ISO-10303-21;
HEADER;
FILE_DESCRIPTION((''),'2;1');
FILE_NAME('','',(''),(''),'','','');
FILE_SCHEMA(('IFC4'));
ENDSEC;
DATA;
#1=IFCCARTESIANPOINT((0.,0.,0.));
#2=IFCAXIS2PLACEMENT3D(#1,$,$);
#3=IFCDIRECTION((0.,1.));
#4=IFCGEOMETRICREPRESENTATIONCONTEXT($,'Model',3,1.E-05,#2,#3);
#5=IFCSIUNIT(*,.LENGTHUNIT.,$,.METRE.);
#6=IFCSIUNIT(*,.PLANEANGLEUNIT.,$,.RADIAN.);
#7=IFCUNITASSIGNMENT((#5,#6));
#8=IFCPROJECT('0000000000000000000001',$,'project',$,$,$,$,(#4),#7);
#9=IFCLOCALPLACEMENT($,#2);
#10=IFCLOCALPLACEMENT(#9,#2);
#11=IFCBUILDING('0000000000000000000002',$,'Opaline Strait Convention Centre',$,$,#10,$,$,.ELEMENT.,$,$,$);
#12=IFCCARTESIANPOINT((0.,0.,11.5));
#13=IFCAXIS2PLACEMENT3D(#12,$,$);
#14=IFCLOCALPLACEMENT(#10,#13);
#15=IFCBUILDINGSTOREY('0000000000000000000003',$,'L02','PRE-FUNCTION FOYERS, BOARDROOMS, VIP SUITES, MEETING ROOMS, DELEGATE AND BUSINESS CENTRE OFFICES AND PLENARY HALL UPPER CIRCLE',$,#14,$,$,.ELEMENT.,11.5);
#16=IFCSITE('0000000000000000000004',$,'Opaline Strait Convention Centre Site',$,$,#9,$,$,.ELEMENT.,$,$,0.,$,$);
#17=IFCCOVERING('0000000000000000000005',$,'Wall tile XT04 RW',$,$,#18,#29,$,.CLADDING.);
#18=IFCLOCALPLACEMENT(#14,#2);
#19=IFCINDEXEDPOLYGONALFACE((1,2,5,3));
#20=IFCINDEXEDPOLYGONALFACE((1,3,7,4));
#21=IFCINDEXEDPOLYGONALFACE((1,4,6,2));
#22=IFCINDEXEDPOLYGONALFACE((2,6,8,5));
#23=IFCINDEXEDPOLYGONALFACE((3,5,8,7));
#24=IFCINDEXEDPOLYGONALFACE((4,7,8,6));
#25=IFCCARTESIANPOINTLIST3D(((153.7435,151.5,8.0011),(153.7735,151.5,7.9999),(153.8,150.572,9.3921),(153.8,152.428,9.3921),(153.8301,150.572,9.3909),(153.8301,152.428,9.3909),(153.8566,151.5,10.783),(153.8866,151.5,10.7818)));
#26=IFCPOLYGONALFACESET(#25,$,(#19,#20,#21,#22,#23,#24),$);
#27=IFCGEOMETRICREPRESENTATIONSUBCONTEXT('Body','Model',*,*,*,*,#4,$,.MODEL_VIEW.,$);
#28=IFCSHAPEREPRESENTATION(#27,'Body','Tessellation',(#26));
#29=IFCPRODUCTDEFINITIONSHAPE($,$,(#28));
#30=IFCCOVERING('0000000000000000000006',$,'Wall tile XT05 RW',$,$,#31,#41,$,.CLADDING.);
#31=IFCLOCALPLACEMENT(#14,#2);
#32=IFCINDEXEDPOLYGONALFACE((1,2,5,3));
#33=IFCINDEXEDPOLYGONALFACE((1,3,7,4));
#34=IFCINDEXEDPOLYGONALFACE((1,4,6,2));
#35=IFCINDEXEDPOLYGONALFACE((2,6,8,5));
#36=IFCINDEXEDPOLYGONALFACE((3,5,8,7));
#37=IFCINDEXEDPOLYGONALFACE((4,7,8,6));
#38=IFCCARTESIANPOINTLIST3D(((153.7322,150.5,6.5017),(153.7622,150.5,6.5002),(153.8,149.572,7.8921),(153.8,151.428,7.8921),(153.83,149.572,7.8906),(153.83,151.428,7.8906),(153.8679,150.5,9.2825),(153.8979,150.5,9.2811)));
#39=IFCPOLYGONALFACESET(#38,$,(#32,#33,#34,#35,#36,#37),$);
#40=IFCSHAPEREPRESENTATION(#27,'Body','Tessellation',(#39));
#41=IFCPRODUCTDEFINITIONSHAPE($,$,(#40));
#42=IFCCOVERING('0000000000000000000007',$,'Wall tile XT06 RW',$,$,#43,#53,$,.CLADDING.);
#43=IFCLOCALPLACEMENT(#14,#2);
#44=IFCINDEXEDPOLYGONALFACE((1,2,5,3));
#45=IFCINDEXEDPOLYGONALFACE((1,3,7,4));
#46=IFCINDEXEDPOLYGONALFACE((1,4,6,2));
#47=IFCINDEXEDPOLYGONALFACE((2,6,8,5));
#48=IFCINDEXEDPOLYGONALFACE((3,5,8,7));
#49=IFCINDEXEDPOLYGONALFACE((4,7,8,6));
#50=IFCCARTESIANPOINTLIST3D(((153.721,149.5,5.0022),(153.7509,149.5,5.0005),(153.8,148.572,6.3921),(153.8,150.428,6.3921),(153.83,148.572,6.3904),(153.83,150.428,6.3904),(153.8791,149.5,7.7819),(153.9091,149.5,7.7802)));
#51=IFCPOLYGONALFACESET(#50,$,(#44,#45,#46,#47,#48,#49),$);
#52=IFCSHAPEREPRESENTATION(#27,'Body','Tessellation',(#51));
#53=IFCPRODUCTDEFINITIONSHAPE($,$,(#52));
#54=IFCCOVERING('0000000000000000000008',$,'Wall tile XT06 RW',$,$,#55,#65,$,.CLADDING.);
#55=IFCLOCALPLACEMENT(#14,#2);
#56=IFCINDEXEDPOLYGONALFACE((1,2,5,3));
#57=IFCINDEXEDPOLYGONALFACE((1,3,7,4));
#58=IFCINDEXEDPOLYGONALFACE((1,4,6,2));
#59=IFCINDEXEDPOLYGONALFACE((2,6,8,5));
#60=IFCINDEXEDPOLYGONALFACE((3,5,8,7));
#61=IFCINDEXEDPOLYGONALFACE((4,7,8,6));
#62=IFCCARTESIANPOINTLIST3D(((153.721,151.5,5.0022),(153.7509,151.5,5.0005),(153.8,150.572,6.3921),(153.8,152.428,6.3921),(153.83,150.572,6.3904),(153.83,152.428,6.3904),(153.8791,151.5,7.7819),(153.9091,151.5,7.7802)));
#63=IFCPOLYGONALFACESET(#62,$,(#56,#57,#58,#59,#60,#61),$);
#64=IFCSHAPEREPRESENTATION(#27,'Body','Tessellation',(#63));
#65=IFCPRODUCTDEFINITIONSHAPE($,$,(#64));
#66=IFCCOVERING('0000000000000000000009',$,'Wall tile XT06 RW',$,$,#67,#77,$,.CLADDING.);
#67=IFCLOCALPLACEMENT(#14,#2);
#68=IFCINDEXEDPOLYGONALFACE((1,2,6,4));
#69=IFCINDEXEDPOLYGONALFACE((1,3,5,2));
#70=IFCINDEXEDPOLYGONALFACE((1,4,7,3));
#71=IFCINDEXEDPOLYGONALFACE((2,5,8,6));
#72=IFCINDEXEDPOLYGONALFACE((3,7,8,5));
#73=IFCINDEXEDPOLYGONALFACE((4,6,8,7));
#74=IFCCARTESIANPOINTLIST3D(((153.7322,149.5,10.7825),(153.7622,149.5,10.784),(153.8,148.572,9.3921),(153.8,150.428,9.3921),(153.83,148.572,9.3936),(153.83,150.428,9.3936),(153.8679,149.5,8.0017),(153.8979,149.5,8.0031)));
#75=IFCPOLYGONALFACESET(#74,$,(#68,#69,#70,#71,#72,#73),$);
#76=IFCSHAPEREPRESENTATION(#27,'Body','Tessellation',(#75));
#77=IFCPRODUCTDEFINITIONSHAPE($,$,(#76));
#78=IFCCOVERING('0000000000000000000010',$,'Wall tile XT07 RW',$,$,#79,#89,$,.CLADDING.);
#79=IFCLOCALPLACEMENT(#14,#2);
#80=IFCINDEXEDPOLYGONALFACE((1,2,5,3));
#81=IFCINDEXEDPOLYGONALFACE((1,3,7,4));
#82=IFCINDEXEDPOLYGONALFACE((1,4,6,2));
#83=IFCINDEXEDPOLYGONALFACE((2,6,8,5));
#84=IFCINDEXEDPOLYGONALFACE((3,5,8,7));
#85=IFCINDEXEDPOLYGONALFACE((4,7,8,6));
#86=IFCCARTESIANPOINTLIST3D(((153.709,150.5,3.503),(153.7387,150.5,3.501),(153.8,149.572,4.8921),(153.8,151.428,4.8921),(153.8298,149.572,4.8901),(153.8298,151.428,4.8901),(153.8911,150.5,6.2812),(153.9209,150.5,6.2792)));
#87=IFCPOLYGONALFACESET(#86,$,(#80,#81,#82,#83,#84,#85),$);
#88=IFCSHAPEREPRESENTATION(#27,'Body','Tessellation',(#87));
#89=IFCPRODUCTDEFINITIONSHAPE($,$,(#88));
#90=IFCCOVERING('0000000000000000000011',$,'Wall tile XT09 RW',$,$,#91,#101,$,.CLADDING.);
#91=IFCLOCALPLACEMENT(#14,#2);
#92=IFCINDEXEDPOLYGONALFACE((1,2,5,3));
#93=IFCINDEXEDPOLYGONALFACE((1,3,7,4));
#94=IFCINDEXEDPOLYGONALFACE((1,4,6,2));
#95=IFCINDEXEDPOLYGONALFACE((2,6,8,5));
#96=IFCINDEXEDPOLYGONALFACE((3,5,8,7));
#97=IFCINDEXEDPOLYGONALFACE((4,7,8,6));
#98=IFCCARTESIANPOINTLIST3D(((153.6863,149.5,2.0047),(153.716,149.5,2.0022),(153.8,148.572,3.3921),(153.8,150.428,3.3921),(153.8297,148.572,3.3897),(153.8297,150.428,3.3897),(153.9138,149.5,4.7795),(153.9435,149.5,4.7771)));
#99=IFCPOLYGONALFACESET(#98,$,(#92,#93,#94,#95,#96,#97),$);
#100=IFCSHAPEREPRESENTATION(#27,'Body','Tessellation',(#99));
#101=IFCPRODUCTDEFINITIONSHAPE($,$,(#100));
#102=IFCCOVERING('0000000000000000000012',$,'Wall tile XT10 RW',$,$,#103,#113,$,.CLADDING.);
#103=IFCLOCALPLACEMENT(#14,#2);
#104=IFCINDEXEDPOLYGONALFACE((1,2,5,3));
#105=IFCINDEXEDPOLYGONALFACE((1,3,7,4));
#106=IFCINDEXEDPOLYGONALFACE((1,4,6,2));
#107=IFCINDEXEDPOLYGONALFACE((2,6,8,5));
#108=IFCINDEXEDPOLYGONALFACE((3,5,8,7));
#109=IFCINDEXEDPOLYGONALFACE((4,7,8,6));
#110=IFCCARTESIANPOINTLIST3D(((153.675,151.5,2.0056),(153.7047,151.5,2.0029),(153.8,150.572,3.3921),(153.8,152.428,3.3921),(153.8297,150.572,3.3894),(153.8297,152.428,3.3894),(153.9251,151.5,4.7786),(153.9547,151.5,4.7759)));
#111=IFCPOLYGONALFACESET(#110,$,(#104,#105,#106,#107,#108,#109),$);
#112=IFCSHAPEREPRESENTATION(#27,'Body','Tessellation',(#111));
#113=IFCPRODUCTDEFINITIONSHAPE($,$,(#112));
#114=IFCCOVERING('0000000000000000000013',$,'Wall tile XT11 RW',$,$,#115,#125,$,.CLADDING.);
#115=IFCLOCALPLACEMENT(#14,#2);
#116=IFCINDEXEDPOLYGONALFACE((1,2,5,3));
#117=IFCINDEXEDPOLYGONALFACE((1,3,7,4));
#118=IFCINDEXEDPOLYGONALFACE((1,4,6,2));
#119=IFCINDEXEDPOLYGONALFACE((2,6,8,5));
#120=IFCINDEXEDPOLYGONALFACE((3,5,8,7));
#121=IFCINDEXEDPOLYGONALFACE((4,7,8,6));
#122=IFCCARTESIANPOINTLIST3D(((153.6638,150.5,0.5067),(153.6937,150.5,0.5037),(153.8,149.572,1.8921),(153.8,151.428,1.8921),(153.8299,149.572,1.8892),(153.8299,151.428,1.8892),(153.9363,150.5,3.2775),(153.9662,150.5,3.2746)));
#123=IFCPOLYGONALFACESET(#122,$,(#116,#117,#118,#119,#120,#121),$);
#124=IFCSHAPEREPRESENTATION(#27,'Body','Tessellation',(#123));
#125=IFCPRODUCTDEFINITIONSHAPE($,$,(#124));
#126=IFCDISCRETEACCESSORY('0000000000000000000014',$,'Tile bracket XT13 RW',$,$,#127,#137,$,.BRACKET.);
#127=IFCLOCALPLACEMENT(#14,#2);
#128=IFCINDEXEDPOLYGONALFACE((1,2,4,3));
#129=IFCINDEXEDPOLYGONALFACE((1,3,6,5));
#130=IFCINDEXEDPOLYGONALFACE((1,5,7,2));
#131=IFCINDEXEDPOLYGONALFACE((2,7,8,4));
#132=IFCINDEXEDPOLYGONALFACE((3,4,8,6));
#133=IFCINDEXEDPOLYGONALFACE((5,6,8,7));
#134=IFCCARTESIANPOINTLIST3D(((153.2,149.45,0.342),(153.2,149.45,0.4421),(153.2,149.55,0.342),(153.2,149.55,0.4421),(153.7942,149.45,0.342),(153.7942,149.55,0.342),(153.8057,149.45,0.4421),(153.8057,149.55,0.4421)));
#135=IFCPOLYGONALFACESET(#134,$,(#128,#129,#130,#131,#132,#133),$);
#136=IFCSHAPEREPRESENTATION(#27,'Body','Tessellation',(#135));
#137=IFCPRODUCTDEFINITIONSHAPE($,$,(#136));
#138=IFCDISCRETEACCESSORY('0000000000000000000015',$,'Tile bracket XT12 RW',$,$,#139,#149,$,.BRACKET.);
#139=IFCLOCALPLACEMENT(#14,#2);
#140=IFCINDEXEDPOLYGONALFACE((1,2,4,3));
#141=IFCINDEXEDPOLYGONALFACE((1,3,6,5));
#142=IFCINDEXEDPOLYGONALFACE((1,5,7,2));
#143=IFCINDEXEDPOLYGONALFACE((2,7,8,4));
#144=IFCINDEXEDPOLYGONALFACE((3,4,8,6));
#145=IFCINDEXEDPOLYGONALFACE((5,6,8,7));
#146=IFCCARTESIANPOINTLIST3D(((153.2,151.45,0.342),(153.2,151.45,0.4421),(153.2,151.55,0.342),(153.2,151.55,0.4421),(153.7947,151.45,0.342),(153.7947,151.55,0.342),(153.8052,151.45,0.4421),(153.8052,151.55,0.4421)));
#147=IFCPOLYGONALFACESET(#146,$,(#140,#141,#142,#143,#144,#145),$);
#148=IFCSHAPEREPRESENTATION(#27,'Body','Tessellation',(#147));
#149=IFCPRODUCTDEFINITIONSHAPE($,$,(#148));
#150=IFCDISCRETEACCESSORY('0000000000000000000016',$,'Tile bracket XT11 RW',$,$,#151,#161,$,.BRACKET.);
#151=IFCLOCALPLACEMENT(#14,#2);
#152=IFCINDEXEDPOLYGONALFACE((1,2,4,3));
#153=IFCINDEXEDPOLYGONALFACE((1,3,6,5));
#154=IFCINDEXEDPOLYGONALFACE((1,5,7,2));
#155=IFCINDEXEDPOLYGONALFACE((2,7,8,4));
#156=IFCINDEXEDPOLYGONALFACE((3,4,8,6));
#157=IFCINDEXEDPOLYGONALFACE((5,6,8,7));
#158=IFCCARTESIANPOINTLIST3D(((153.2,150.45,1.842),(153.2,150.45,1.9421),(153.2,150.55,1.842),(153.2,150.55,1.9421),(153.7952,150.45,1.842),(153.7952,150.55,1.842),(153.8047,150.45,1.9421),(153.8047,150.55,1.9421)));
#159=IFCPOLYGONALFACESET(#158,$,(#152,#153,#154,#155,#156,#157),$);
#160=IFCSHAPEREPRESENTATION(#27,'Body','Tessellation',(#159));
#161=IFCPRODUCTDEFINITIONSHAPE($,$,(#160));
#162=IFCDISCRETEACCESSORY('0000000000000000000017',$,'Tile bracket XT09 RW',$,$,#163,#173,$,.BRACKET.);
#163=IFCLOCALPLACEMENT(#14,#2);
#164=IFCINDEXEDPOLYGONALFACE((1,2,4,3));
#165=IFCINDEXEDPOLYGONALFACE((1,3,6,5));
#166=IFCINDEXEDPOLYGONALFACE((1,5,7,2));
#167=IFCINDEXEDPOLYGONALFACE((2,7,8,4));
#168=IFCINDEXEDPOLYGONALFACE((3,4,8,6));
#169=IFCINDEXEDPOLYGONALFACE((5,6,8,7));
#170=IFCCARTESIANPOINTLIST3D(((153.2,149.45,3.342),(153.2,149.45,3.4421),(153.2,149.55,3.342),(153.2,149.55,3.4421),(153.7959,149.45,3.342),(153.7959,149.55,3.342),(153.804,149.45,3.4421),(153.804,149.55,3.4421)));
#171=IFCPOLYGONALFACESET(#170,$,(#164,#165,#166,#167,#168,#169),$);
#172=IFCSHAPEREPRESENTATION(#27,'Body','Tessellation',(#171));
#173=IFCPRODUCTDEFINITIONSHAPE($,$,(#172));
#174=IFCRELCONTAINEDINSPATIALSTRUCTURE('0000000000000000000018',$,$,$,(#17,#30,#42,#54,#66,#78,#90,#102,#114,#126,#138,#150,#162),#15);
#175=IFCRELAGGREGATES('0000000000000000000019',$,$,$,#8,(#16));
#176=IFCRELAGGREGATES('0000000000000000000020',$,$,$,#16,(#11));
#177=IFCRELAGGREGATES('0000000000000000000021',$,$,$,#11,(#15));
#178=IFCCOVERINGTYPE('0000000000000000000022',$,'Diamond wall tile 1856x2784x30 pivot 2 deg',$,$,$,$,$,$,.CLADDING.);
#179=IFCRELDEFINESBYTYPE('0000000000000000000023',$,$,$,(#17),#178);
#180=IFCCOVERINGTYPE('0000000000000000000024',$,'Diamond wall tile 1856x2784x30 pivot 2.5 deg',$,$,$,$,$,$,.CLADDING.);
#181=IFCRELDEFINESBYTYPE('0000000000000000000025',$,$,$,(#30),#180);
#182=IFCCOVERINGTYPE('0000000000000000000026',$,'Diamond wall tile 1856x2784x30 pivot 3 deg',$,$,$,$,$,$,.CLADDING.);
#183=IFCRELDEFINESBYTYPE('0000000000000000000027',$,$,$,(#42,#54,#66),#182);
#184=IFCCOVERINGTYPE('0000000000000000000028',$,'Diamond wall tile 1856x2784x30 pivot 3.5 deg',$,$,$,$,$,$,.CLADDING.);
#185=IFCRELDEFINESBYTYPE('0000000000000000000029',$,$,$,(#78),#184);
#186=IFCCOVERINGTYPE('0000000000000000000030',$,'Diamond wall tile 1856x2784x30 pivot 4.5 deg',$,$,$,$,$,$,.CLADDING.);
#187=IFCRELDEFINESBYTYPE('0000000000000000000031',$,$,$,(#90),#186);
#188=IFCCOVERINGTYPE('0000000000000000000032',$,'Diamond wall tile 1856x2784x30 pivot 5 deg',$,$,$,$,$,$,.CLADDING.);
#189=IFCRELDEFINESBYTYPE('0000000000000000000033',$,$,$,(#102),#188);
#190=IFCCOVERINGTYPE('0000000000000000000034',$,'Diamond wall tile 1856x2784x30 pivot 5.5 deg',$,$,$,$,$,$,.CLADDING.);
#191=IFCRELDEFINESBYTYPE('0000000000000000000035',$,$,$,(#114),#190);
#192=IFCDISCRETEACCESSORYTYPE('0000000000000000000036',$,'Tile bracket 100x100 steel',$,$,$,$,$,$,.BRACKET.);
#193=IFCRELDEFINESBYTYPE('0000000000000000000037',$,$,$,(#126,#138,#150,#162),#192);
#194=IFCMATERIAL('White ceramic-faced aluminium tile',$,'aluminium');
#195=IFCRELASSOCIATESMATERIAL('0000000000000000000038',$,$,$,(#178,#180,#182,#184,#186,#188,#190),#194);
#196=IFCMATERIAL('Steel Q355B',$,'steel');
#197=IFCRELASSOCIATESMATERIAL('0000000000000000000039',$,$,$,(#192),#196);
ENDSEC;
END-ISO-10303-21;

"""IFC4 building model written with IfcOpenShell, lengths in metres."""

from ifc_helpers import new_model, si_unit, direction, frame, origin, place, context, subcontext, project, spatial, polyline, outline, extrude, material, material_profile, profile_set, type_object, element, save


model = new_model("IFC4")

# Units and contexts
model_context = context("Model", 3, precision=1e-05, world=origin(), true_north=direction((0.0, 1.0)))
body_context = subcontext(model_context, "Body", "Model", "MODEL_VIEW")
ifc_project = project(units=[si_unit("LENGTHUNIT", "METRE"), si_unit("PLANEANGLEUNIT", "RADIAN")], contexts=[model_context])

# Site, building, storey
site_placement = place(None, origin())
site = spatial("IfcSite", under=ifc_project, at=site_placement, Name="Opaline Strait Convention Centre Site", CompositionType="ELEMENT", RefElevation=0.0)
building_placement = place(site_placement, origin())
building = spatial("IfcBuilding", under=site, at=building_placement, Name="Opaline Strait Convention Centre", CompositionType="ELEMENT")
storey_placement = place(building_placement, frame((0.0, 0.0, 11.5)))
storey = spatial("IfcBuildingStorey", under=building, at=storey_placement, Name="L02", Description="PRE-FUNCTION FOYERS, BOARDROOMS, VIP SUITES, MEETING ROOMS, DELEGATE AND BUSINESS CENTRE OFFICES AND PLENARY HALL UPPER CIRCLE", CompositionType="ELEMENT", Elevation=11.5)

# Shared definitions
ifc_material_1 = material(Name="Steel Q355B", Category="steel")

# Coverings
ifc_material_2 = material(Name="White ceramic-faced aluminium tile", Category="aluminium")
ifc_material_profile_1 = material_profile(ifc_material_2, outline(polyline([(0.928, 0.0), (0.0, 1.3921), (-0.928, 0.0), (0.0, -1.3921), (0.928, 0.0)])), Name="Diamond tile 1856x2784")
ifc_profile_set_1 = profile_set([ifc_material_profile_1], Name="White ceramic-faced aluminium tile")
covering_type_1 = type_object("IfcCoveringType", Name="Diamond wall tile 1856x2784x30 pivot 2 deg", PredefinedType="CLADDING", material=ifc_profile_set_1)
covering_1_placement = place(storey_placement, frame((153.8, 151.5, 9.3921), z_axis=(0.999175, 0.0, -0.040617), x_axis=(0.0, 1.0, 0.0)))
element("IfcCovering", 1, at=covering_1_placement, inside=storey, type_object=covering_type_1, Name="Wall tile XT04 RW", PredefinedType="CLADDING", context=body_context, shape_type="SweptSolid", body=[
    extrude(outline(polyline([(0.928, 0.0), (0.0, 1.3921), (-0.928, 0.0), (0.0, -1.3921), (0.928, 0.0)])), origin(), (0.0, 0.0, 1.0), 0.03),
])
ifc_material_profile_2 = material_profile(ifc_material_2, outline(polyline([(0.928, 0.0), (0.0, 1.3921), (-0.928, 0.0), (0.0, -1.3921), (0.928, 0.0)])), Name="Diamond tile 1856x2784")
ifc_profile_set_2 = profile_set([ifc_material_profile_2], Name="White ceramic-faced aluminium tile")
covering_type_2 = type_object("IfcCoveringType", Name="Diamond wall tile 1856x2784x30 pivot 2.5 deg", PredefinedType="CLADDING", material=ifc_profile_set_2)
covering_2_placement = place(storey_placement, frame((153.8, 150.5, 7.8921), z_axis=(0.998812, 0.0, -0.048723), x_axis=(0.0, 1.0, 0.0)))
element("IfcCovering", 2, at=covering_2_placement, inside=storey, type_object=covering_type_2, Name="Wall tile XT05 RW", PredefinedType="CLADDING", context=body_context, shape_type="SweptSolid", body=[
    extrude(outline(polyline([(0.928, 0.0), (0.0, 1.3921), (-0.928, 0.0), (0.0, -1.3921), (0.928, 0.0)])), origin(), (0.0, 0.0, 1.0), 0.03),
])
ifc_material_profile_3 = material_profile(ifc_material_2, outline(polyline([(0.928, 0.0), (0.0, 1.3921), (-0.928, 0.0), (0.0, -1.3921), (0.928, 0.0)])), Name="Diamond tile 1856x2784")
ifc_profile_set_3 = profile_set([ifc_material_profile_3], Name="White ceramic-faced aluminium tile")
covering_type_3 = type_object("IfcCoveringType", Name="Diamond wall tile 1856x2784x30 pivot 3 deg", PredefinedType="CLADDING", material=ifc_profile_set_3)
for number, where, z_axis, x_axis, name in (
    (3, (153.8, 149.5, 6.3921), (0.998385, 0.0, -0.056819), (0.0, 1.0, 0.0), "Wall tile XT06 RW"),
    (4, (153.8, 151.5, 6.3921), (0.998385, 0.0, -0.056819), (0.0, 1.0, 0.0), "Wall tile XT06 RW"),
    (5, (153.8, 149.5, 9.3921), (0.998812, 0.0, 0.048723), (0.0, 1.0, 0.0), "Wall tile XT06 RW"),
):
    element("IfcCovering", number, at=place(storey_placement, frame(where, z_axis=z_axis, x_axis=x_axis)), inside=storey, type_object=covering_type_3, Name=name, PredefinedType="CLADDING", context=body_context, shape_type="SweptSolid", body=[
        extrude(outline(polyline([(0.928, 0.0), (0.0, 1.3921), (-0.928, 0.0), (0.0, -1.3921), (0.928, 0.0)])), origin(), (0.0, 0.0, 1.0), 0.03),
    ])
ifc_material_profile_4 = material_profile(ifc_material_2, outline(polyline([(0.928, 0.0), (0.0, 1.3921), (-0.928, 0.0), (0.0, -1.3921), (0.928, 0.0)])), Name="Diamond tile 1856x2784")
ifc_profile_set_4 = profile_set([ifc_material_profile_4], Name="White ceramic-faced aluminium tile")
covering_type_4 = type_object("IfcCoveringType", Name="Diamond wall tile 1856x2784x30 pivot 3.5 deg", PredefinedType="CLADDING", material=ifc_profile_set_4)
covering_3_placement = place(storey_placement, frame((153.8, 150.5, 4.8921), z_axis=(0.997857, 0.0, -0.065433), x_axis=(0.0, 1.0, 0.0)))
element("IfcCovering", 6, at=covering_3_placement, inside=storey, type_object=covering_type_4, Name="Wall tile XT07 RW", PredefinedType="CLADDING", context=body_context, shape_type="SweptSolid", body=[
    extrude(outline(polyline([(0.928, 0.0), (0.0, 1.3921), (-0.928, 0.0), (0.0, -1.3921), (0.928, 0.0)])), origin(), (0.0, 0.0, 1.0), 0.0298),
])
ifc_material_profile_5 = material_profile(ifc_material_2, outline(polyline([(0.928, 0.0), (0.0, 1.3921), (-0.928, 0.0), (0.0, -1.3921), (0.928, 0.0)])), Name="Diamond tile 1856x2784")
ifc_profile_set_5 = profile_set([ifc_material_profile_5], Name="White ceramic-faced aluminium tile")
covering_type_5 = type_object("IfcCoveringType", Name="Diamond wall tile 1856x2784x30 pivot 4.5 deg", PredefinedType="CLADDING", material=ifc_profile_set_5)
covering_4_placement = place(storey_placement, frame((153.8, 149.5, 3.3921), z_axis=(0.996658, 0.0, -0.081693), x_axis=(0.0, 1.0, 0.0)))
element("IfcCovering", 7, at=covering_4_placement, inside=storey, type_object=covering_type_5, Name="Wall tile XT09 RW", PredefinedType="CLADDING", context=body_context, shape_type="SweptSolid", body=[
    extrude(outline(polyline([(0.928, 0.0), (0.0, 1.3921), (-0.928, 0.0), (0.0, -1.3921), (0.928, 0.0)])), origin(), (0.0, 0.0, 1.0), 0.0298),
])
ifc_material_profile_6 = material_profile(ifc_material_2, outline(polyline([(0.928, 0.0), (0.0, 1.3921), (-0.928, 0.0), (0.0, -1.3921), (0.928, 0.0)])), Name="Diamond tile 1856x2784")
ifc_profile_set_6 = profile_set([ifc_material_profile_6], Name="White ceramic-faced aluminium tile")
covering_type_6 = type_object("IfcCoveringType", Name="Diamond wall tile 1856x2784x30 pivot 5 deg", PredefinedType="CLADDING", material=ifc_profile_set_6)
covering_5_placement = place(storey_placement, frame((153.8, 151.5, 3.3921), z_axis=(0.99596, 0.0, -0.0898), x_axis=(0.0, 1.0, 0.0)))
element("IfcCovering", 8, at=covering_5_placement, inside=storey, type_object=covering_type_6, Name="Wall tile XT10 RW", PredefinedType="CLADDING", context=body_context, shape_type="SweptSolid", body=[
    extrude(outline(polyline([(0.928, 0.0), (0.0, 1.3921), (-0.928, 0.0), (0.0, -1.3921), (0.928, 0.0)])), origin(), (0.0, 0.0, 1.0), 0.0298),
])
ifc_material_profile_7 = material_profile(ifc_material_2, outline(polyline([(0.928, 0.0), (0.0, 1.3921), (-0.928, 0.0), (0.0, -1.3921), (0.928, 0.0)])), Name="Diamond tile 1856x2784")
ifc_profile_set_7 = profile_set([ifc_material_profile_7], Name="White ceramic-faced aluminium tile")
covering_type_7 = type_object("IfcCoveringType", Name="Diamond wall tile 1856x2784x30 pivot 5.5 deg", PredefinedType="CLADDING", material=ifc_profile_set_7)
covering_6_placement = place(storey_placement, frame((153.8, 150.5, 1.8921), z_axis=(0.995197, 0.0, -0.097888), x_axis=(0.0, 1.0, 0.0)))
element("IfcCovering", 9, at=covering_6_placement, inside=storey, type_object=covering_type_7, Name="Wall tile XT11 RW", PredefinedType="CLADDING", context=body_context, shape_type="SweptSolid", body=[
    extrude(outline(polyline([(0.928, 0.0), (0.0, 1.3921), (-0.928, 0.0), (0.0, -1.3921), (0.928, 0.0)])), origin(), (0.0, 0.0, 1.0), 0.03),
])

# Discrete accessories
discrete_accessory_type = type_object("IfcDiscreteAccessoryType", Name="Tile bracket 100x100 steel", PredefinedType="BRACKET", material=ifc_material_1)
discrete_accessory_1_placement = place(storey_placement, frame((153.2, 149.45, 0.3921), z_axis=(0.0, 1.0, 0.0), x_axis=(-1.0, 0.0, 0.0)))
element("IfcDiscreteAccessory", 10, at=discrete_accessory_1_placement, inside=storey, type_object=discrete_accessory_type, Name="Tile bracket XT13 RW", PredefinedType="BRACKET", context=body_context, shape_type="SweptSolid", body=[
    extrude(outline(polyline([(0.0, -0.05), (0.0, 0.05), (-0.6057, 0.05), (-0.5942, -0.05), (0.0, -0.05)])), origin(), (0.0, 0.0, 1.0), 0.1001),
])
discrete_accessory_2_placement = place(storey_placement, frame((153.2, 151.45, 0.3921), z_axis=(0.0, 1.0, 0.0), x_axis=(-1.0, 0.0, 0.0)))
element("IfcDiscreteAccessory", 11, at=discrete_accessory_2_placement, inside=storey, type_object=discrete_accessory_type, Name="Tile bracket XT12 RW", PredefinedType="BRACKET", context=body_context, shape_type="SweptSolid", body=[
    extrude(outline(polyline([(0.0, -0.05), (0.0, 0.05), (-0.6052, 0.05), (-0.5947, -0.05), (0.0, -0.05)])), origin(), (0.0, 0.0, 1.0), 0.1001),
])
discrete_accessory_3_placement = place(storey_placement, frame((153.2, 150.45, 1.8921), z_axis=(0.0, 1.0, 0.0), x_axis=(-1.0, 0.0, 0.0)))
element("IfcDiscreteAccessory", 12, at=discrete_accessory_3_placement, inside=storey, type_object=discrete_accessory_type, Name="Tile bracket XT11 RW", PredefinedType="BRACKET", context=body_context, shape_type="SweptSolid", body=[
    extrude(outline(polyline([(0.0, -0.05), (0.0, 0.05), (-0.6047, 0.05), (-0.5952, -0.05), (0.0, -0.05)])), origin(), (0.0, 0.0, 1.0), 0.1001),
])
discrete_accessory_4_placement = place(storey_placement, frame((153.2, 149.45, 3.3921), z_axis=(0.0, 1.0, 0.0), x_axis=(-1.0, 0.0, 0.0)))
element("IfcDiscreteAccessory", 13, at=discrete_accessory_4_placement, inside=storey, type_object=discrete_accessory_type, Name="Tile bracket XT09 RW", PredefinedType="BRACKET", context=body_context, shape_type="SweptSolid", body=[
    extrude(outline(polyline([(0.0, -0.05), (0.0, 0.05), (-0.604, 0.05), (-0.5959, -0.05), (0.0, -0.05)])), origin(), (0.0, 0.0, 1.0), 0.1001),
])

save(model, "model.ifc")
